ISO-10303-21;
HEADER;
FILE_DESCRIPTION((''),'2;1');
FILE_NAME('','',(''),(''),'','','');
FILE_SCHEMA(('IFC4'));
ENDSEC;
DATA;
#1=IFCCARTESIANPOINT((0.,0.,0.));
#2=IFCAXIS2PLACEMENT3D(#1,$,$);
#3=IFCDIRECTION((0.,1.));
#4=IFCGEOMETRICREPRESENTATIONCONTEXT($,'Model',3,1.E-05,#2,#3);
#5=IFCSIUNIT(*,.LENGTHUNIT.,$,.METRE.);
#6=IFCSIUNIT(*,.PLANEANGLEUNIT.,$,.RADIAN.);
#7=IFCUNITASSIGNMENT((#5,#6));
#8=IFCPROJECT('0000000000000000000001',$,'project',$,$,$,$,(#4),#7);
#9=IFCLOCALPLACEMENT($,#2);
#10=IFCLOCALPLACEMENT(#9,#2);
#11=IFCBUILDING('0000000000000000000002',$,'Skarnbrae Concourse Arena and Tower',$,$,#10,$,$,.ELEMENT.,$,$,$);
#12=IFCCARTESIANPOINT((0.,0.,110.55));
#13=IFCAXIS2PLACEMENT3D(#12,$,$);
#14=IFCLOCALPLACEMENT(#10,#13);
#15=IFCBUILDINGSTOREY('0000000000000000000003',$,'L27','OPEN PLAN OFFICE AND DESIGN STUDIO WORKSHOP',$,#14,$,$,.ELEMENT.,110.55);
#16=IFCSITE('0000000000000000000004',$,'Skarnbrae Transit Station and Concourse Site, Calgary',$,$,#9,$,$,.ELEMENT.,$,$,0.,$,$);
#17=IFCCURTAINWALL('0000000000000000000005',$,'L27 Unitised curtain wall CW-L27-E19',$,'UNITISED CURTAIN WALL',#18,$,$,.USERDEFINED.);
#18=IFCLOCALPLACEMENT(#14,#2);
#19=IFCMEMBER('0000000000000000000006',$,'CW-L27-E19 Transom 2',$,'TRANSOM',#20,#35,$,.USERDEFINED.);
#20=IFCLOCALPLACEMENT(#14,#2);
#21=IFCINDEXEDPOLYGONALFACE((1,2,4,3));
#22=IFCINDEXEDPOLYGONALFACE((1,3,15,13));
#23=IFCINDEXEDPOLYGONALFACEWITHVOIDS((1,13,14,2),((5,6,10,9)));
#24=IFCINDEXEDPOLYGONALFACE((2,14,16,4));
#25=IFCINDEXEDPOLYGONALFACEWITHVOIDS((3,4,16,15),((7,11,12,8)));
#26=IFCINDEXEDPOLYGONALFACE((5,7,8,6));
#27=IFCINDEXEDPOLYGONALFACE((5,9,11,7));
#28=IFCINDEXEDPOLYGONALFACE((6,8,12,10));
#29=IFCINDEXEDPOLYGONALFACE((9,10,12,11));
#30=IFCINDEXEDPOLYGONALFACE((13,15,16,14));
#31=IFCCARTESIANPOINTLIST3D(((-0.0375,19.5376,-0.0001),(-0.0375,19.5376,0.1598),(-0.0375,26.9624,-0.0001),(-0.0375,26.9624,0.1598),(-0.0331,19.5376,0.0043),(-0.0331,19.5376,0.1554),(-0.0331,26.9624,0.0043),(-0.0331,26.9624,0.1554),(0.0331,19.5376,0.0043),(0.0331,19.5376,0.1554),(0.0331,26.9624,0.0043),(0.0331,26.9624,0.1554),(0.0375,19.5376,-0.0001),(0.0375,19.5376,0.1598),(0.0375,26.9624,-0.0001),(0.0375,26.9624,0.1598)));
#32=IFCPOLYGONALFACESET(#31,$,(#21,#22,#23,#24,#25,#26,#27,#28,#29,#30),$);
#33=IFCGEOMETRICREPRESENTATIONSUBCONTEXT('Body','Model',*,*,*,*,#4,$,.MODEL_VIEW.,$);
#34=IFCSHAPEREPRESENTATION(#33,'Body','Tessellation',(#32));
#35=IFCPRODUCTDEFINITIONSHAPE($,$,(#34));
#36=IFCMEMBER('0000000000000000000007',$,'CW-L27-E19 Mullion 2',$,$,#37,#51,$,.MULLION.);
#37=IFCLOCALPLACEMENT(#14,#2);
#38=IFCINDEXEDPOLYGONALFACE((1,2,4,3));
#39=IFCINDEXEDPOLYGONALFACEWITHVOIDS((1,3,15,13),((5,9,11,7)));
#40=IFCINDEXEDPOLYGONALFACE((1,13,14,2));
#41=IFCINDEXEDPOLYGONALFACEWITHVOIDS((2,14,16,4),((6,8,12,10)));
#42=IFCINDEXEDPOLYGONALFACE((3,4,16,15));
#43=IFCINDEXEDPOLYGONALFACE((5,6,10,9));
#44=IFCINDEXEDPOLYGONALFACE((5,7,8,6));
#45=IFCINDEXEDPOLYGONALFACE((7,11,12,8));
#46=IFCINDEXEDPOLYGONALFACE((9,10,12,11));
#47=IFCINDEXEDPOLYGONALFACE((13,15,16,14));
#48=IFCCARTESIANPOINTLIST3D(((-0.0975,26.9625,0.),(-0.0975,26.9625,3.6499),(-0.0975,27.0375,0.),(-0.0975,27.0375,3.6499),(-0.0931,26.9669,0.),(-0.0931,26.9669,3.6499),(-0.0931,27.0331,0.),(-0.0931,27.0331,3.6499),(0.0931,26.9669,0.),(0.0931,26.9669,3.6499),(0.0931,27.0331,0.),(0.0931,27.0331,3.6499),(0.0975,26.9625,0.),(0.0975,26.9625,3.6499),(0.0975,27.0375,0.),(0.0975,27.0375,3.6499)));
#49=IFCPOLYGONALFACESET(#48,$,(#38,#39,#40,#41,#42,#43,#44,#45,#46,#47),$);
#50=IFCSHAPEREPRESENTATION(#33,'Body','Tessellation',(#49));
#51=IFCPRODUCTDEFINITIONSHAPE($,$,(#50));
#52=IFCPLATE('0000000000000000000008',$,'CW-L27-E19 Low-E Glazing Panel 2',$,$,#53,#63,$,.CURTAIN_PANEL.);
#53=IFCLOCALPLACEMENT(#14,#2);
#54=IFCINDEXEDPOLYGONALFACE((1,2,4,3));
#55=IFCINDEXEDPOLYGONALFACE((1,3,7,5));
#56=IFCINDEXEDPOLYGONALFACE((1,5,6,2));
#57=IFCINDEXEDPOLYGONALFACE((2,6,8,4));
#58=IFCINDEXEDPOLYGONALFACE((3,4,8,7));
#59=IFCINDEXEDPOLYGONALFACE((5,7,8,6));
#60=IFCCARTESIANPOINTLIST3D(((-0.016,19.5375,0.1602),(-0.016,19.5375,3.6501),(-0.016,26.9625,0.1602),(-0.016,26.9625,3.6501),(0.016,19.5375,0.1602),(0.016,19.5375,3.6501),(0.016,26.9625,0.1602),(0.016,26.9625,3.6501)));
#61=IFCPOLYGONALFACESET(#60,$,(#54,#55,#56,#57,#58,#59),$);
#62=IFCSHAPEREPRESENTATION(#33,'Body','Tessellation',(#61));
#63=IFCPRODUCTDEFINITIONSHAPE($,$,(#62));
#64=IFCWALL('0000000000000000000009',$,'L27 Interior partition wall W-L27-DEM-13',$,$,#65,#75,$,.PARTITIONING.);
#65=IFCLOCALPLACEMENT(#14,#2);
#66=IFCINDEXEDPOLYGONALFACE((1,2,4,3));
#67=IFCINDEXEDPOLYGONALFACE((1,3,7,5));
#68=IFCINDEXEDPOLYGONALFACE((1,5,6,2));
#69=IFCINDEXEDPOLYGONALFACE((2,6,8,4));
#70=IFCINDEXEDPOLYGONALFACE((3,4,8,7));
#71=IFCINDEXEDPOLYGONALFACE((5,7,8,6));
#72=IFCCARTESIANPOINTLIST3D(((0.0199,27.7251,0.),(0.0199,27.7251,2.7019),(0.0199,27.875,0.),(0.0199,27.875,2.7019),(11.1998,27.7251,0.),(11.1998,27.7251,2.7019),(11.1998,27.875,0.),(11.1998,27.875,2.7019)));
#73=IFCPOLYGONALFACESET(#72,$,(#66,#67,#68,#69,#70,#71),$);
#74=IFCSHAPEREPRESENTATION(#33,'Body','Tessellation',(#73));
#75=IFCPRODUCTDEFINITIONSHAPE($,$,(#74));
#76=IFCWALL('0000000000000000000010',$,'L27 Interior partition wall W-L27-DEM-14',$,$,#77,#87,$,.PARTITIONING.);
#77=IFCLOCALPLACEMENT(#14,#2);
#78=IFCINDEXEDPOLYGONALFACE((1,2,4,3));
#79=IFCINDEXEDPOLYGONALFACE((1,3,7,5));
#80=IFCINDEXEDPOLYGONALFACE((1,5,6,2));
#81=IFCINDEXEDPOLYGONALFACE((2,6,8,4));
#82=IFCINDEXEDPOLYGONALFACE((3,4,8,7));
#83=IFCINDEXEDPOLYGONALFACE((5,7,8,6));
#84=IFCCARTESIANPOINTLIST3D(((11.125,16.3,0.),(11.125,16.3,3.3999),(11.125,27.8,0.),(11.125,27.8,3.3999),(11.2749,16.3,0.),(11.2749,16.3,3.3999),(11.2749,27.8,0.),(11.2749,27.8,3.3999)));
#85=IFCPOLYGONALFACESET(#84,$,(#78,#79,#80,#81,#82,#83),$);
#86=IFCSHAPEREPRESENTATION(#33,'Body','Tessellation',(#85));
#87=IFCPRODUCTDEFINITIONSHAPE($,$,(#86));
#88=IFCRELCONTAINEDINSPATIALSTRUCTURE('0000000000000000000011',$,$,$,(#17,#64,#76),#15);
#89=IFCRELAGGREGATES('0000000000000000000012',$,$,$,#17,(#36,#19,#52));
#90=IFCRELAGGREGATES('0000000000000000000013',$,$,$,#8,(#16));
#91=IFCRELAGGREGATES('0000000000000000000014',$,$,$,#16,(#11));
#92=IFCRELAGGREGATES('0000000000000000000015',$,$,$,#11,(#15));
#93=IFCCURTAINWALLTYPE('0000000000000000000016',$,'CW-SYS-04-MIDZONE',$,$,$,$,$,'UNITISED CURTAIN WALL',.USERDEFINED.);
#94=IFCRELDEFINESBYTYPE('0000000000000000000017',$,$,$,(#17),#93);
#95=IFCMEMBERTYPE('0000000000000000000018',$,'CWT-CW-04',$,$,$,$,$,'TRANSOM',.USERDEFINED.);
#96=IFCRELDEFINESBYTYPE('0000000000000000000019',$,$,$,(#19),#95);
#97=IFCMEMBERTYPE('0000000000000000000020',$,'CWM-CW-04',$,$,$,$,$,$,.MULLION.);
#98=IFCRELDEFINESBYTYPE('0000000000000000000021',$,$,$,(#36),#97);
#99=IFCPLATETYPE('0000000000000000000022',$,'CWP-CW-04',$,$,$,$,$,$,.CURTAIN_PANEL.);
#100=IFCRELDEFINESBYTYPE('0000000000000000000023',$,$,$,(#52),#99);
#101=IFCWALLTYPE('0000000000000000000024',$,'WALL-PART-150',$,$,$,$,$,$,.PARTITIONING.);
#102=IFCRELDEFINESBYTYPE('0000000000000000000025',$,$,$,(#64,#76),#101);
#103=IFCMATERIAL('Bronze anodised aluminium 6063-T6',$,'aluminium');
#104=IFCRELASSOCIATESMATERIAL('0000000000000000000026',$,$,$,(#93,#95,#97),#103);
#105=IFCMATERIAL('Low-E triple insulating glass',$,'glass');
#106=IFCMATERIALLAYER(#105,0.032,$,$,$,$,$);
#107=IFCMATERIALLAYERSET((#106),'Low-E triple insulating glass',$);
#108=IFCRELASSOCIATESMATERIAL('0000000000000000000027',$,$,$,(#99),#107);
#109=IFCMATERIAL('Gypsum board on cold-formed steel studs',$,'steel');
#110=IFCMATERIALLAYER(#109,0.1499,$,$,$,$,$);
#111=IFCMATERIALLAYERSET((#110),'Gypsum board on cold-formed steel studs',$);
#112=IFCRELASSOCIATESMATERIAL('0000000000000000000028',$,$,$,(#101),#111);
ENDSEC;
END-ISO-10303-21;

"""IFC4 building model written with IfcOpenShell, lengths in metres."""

from ifc_helpers import new_model, si_unit, direction, frame, frame_2d, origin, origin_2d, place, context, subcontext, project, spatial, rectangle, hollow_rectangle, extrude, source, transform, mapped, material, layer, layer_set, material_profile, profile_set, type_object, element, aggregate, save


model = new_model("IFC4")

# Units and contexts
model_context = context("Model", 3, precision=1e-05, world=origin(), true_north=direction((0.0, 1.0)))
body_context = subcontext(model_context, "Body", "Model", "MODEL_VIEW")
ifc_project = project(units=[si_unit("LENGTHUNIT", "METRE"), si_unit("PLANEANGLEUNIT", "RADIAN")], contexts=[model_context])

# Site, building, storey
site_placement = place(None, origin())
site = spatial("IfcSite", under=ifc_project, at=site_placement, Name="Skarnbrae Transit Station and Concourse Site, Calgary", CompositionType="ELEMENT", RefElevation=0.0)
building_placement = place(site_placement, origin())
building = spatial("IfcBuilding", under=site, at=building_placement, Name="Skarnbrae Concourse Arena and Tower", CompositionType="ELEMENT")
storey_placement = place(building_placement, frame((0.0, 0.0, 110.55)))
storey = spatial("IfcBuildingStorey", under=building, at=storey_placement, Name="L27", Description="OPEN PLAN OFFICE AND DESIGN STUDIO WORKSHOP", CompositionType="ELEMENT", Elevation=110.55)

# Curtain wall, members, plate
ifc_material_1 = material(Name="Bronze anodised aluminium 6063-T6", Category="aluminium")
curtain_wall_type = type_object("IfcCurtainWallType", Name="CW-SYS-04-MIDZONE", ElementType="UNITISED CURTAIN WALL", PredefinedType="USERDEFINED", material=ifc_material_1)
curtain_wall_placement = place(storey_placement, origin())
curtain_wall = element("IfcCurtainWall", 1, at=curtain_wall_placement, inside=storey, type_object=curtain_wall_type, Name="L27 Unitised curtain wall CW-L27-E19", ObjectType="UNITISED CURTAIN WALL", PredefinedType="USERDEFINED")
ifc_material_profile_1 = material_profile(ifc_material_1, hollow_rectangle(XDim=0.075, YDim=0.1599, WallThickness=0.0044, at=origin_2d()), Name="ALU-TRAN-75X160")
ifc_profile_set_1 = profile_set([ifc_material_profile_1], Name="Bronze anodised aluminium 6063-T6")
member_type_1 = type_object("IfcMemberType", Name="CWT-CW-04", ElementType="TRANSOM", PredefinedType="USERDEFINED", material=ifc_profile_set_1)
shared_shape_1 = source(origin(), body_context, "Body", "SweptSolid", [
    extrude(hollow_rectangle(XDim=0.075, YDim=0.1599, WallThickness=0.0044, at=origin_2d()), origin(), (0.0, 0.0, 1.0), 7.4248),
])
member_1_placement = place(storey_placement, frame((0.0, 26.9624, 0.0798), z_axis=(0.0, -1.0, 0.0), x_axis=(1.0, 0.0, 0.0)))
member_1 = element("IfcMember", 2, at=member_1_placement, type_object=member_type_1, Name="CW-L27-E19 Transom 2", ObjectType="TRANSOM", PredefinedType="USERDEFINED", context=body_context, shape_type="MappedRepresentation", body=[
    mapped(shared_shape_1, transform((0.0, 0.0, 0.0))),
])
ifc_material_profile_2 = material_profile(ifc_material_1, hollow_rectangle(XDim=0.075, YDim=0.1951, WallThickness=0.0044, at=origin_2d()), Name="ALU-MULL-75X195")
ifc_profile_set_2 = profile_set([ifc_material_profile_2], Name="Bronze anodised aluminium 6063-T6")
member_type_2 = type_object("IfcMemberType", Name="CWM-CW-04", PredefinedType="MULLION", material=ifc_profile_set_2)
shared_shape_2 = source(origin(), body_context, "Body", "SweptSolid", [
    extrude(hollow_rectangle(XDim=0.075, YDim=0.1951, WallThickness=0.0044, at=origin_2d()), origin(), (0.0, 0.0, 1.0), 3.6499),
])
member_2_placement = place(storey_placement, frame((0.0, 27.0, 0.0), z_axis=(0.0, 0.0, 1.0), x_axis=(0.0, -1.0, 0.0)))
member_2 = element("IfcMember", 3, at=member_2_placement, type_object=member_type_2, Name="CW-L27-E19 Mullion 2", PredefinedType="MULLION", context=body_context, shape_type="MappedRepresentation", body=[
    mapped(shared_shape_2, transform((0.0, 0.0, 0.0))),
])
ifc_material_2 = material(Name="Low-E triple insulating glass", Category="glass")
ifc_layer_1 = layer(ifc_material_2, 0.032)
ifc_layer_set_1 = layer_set([ifc_layer_1], Name="Low-E triple insulating glass")
plate_type = type_object("IfcPlateType", Name="CWP-CW-04", PredefinedType="CURTAIN_PANEL", material=ifc_layer_set_1)
shared_shape_3 = source(origin(), body_context, "Body", "SweptSolid", [
    extrude(rectangle(XDim=7.425, YDim=0.032, at=origin_2d()), origin(), (0.0, 0.0, 1.0), 3.49),
])
plate_placement = place(storey_placement, frame((0.0, 23.25, 0.1602), z_axis=(0.0, 0.0, 1.0), x_axis=(0.0, -1.0, 0.0)))
plate = element("IfcPlate", 4, at=plate_placement, type_object=plate_type, Name="CW-L27-E19 Low-E Glazing Panel 2", PredefinedType="CURTAIN_PANEL", context=body_context, shape_type="MappedRepresentation", body=[
    mapped(shared_shape_3, transform((0.0, 0.0, 0.0))),
])
aggregate(curtain_wall, [member_2, member_1, plate])

# Walls
ifc_material_3 = material(Name="Gypsum board on cold-formed steel studs", Category="steel")
ifc_layer_2 = layer(ifc_material_3, 0.1499)
ifc_layer_set_2 = layer_set([ifc_layer_2], Name="Gypsum board on cold-formed steel studs")
wall_type = type_object("IfcWallType", Name="WALL-PART-150", PredefinedType="PARTITIONING", material=ifc_layer_set_2)
shared_shape_4 = source(origin(), body_context, "Body", "SweptSolid", [
    extrude(rectangle(XDim=11.1799, YDim=0.1499, at=frame_2d((5.5898, 0.0))), origin(), (0.0, 0.0, 1.0), 2.7019),
])
wall_1_placement = place(storey_placement, frame((0.02, 27.8, 0.0), z_axis=(0.0, 0.0, 1.0), x_axis=(1.0, 0.0, 0.0)))
element("IfcWall", 5, at=wall_1_placement, inside=storey, type_object=wall_type, Name="L27 Interior partition wall W-L27-DEM-13", PredefinedType="PARTITIONING", context=body_context, shape_type="MappedRepresentation", body=[
    mapped(shared_shape_4, transform((0.0, 0.0, 0.0))),
])
shared_shape_5 = source(origin(), body_context, "Body", "SweptSolid", [
    extrude(rectangle(XDim=11.5, YDim=0.1499, at=frame_2d((5.75, 0.0))), origin(), (0.0, 0.0, 1.0), 3.3999),
])
wall_2_placement = place(storey_placement, frame((11.2, 27.8, 0.0), z_axis=(0.0, 0.0, 1.0), x_axis=(0.0, -1.0, 0.0)))
element("IfcWall", 6, at=wall_2_placement, inside=storey, type_object=wall_type, Name="L27 Interior partition wall W-L27-DEM-14", PredefinedType="PARTITIONING", context=body_context, shape_type="MappedRepresentation", body=[
    mapped(shared_shape_5, transform((0.0, 0.0, 0.0))),
])

save(model, "model.ifc")
